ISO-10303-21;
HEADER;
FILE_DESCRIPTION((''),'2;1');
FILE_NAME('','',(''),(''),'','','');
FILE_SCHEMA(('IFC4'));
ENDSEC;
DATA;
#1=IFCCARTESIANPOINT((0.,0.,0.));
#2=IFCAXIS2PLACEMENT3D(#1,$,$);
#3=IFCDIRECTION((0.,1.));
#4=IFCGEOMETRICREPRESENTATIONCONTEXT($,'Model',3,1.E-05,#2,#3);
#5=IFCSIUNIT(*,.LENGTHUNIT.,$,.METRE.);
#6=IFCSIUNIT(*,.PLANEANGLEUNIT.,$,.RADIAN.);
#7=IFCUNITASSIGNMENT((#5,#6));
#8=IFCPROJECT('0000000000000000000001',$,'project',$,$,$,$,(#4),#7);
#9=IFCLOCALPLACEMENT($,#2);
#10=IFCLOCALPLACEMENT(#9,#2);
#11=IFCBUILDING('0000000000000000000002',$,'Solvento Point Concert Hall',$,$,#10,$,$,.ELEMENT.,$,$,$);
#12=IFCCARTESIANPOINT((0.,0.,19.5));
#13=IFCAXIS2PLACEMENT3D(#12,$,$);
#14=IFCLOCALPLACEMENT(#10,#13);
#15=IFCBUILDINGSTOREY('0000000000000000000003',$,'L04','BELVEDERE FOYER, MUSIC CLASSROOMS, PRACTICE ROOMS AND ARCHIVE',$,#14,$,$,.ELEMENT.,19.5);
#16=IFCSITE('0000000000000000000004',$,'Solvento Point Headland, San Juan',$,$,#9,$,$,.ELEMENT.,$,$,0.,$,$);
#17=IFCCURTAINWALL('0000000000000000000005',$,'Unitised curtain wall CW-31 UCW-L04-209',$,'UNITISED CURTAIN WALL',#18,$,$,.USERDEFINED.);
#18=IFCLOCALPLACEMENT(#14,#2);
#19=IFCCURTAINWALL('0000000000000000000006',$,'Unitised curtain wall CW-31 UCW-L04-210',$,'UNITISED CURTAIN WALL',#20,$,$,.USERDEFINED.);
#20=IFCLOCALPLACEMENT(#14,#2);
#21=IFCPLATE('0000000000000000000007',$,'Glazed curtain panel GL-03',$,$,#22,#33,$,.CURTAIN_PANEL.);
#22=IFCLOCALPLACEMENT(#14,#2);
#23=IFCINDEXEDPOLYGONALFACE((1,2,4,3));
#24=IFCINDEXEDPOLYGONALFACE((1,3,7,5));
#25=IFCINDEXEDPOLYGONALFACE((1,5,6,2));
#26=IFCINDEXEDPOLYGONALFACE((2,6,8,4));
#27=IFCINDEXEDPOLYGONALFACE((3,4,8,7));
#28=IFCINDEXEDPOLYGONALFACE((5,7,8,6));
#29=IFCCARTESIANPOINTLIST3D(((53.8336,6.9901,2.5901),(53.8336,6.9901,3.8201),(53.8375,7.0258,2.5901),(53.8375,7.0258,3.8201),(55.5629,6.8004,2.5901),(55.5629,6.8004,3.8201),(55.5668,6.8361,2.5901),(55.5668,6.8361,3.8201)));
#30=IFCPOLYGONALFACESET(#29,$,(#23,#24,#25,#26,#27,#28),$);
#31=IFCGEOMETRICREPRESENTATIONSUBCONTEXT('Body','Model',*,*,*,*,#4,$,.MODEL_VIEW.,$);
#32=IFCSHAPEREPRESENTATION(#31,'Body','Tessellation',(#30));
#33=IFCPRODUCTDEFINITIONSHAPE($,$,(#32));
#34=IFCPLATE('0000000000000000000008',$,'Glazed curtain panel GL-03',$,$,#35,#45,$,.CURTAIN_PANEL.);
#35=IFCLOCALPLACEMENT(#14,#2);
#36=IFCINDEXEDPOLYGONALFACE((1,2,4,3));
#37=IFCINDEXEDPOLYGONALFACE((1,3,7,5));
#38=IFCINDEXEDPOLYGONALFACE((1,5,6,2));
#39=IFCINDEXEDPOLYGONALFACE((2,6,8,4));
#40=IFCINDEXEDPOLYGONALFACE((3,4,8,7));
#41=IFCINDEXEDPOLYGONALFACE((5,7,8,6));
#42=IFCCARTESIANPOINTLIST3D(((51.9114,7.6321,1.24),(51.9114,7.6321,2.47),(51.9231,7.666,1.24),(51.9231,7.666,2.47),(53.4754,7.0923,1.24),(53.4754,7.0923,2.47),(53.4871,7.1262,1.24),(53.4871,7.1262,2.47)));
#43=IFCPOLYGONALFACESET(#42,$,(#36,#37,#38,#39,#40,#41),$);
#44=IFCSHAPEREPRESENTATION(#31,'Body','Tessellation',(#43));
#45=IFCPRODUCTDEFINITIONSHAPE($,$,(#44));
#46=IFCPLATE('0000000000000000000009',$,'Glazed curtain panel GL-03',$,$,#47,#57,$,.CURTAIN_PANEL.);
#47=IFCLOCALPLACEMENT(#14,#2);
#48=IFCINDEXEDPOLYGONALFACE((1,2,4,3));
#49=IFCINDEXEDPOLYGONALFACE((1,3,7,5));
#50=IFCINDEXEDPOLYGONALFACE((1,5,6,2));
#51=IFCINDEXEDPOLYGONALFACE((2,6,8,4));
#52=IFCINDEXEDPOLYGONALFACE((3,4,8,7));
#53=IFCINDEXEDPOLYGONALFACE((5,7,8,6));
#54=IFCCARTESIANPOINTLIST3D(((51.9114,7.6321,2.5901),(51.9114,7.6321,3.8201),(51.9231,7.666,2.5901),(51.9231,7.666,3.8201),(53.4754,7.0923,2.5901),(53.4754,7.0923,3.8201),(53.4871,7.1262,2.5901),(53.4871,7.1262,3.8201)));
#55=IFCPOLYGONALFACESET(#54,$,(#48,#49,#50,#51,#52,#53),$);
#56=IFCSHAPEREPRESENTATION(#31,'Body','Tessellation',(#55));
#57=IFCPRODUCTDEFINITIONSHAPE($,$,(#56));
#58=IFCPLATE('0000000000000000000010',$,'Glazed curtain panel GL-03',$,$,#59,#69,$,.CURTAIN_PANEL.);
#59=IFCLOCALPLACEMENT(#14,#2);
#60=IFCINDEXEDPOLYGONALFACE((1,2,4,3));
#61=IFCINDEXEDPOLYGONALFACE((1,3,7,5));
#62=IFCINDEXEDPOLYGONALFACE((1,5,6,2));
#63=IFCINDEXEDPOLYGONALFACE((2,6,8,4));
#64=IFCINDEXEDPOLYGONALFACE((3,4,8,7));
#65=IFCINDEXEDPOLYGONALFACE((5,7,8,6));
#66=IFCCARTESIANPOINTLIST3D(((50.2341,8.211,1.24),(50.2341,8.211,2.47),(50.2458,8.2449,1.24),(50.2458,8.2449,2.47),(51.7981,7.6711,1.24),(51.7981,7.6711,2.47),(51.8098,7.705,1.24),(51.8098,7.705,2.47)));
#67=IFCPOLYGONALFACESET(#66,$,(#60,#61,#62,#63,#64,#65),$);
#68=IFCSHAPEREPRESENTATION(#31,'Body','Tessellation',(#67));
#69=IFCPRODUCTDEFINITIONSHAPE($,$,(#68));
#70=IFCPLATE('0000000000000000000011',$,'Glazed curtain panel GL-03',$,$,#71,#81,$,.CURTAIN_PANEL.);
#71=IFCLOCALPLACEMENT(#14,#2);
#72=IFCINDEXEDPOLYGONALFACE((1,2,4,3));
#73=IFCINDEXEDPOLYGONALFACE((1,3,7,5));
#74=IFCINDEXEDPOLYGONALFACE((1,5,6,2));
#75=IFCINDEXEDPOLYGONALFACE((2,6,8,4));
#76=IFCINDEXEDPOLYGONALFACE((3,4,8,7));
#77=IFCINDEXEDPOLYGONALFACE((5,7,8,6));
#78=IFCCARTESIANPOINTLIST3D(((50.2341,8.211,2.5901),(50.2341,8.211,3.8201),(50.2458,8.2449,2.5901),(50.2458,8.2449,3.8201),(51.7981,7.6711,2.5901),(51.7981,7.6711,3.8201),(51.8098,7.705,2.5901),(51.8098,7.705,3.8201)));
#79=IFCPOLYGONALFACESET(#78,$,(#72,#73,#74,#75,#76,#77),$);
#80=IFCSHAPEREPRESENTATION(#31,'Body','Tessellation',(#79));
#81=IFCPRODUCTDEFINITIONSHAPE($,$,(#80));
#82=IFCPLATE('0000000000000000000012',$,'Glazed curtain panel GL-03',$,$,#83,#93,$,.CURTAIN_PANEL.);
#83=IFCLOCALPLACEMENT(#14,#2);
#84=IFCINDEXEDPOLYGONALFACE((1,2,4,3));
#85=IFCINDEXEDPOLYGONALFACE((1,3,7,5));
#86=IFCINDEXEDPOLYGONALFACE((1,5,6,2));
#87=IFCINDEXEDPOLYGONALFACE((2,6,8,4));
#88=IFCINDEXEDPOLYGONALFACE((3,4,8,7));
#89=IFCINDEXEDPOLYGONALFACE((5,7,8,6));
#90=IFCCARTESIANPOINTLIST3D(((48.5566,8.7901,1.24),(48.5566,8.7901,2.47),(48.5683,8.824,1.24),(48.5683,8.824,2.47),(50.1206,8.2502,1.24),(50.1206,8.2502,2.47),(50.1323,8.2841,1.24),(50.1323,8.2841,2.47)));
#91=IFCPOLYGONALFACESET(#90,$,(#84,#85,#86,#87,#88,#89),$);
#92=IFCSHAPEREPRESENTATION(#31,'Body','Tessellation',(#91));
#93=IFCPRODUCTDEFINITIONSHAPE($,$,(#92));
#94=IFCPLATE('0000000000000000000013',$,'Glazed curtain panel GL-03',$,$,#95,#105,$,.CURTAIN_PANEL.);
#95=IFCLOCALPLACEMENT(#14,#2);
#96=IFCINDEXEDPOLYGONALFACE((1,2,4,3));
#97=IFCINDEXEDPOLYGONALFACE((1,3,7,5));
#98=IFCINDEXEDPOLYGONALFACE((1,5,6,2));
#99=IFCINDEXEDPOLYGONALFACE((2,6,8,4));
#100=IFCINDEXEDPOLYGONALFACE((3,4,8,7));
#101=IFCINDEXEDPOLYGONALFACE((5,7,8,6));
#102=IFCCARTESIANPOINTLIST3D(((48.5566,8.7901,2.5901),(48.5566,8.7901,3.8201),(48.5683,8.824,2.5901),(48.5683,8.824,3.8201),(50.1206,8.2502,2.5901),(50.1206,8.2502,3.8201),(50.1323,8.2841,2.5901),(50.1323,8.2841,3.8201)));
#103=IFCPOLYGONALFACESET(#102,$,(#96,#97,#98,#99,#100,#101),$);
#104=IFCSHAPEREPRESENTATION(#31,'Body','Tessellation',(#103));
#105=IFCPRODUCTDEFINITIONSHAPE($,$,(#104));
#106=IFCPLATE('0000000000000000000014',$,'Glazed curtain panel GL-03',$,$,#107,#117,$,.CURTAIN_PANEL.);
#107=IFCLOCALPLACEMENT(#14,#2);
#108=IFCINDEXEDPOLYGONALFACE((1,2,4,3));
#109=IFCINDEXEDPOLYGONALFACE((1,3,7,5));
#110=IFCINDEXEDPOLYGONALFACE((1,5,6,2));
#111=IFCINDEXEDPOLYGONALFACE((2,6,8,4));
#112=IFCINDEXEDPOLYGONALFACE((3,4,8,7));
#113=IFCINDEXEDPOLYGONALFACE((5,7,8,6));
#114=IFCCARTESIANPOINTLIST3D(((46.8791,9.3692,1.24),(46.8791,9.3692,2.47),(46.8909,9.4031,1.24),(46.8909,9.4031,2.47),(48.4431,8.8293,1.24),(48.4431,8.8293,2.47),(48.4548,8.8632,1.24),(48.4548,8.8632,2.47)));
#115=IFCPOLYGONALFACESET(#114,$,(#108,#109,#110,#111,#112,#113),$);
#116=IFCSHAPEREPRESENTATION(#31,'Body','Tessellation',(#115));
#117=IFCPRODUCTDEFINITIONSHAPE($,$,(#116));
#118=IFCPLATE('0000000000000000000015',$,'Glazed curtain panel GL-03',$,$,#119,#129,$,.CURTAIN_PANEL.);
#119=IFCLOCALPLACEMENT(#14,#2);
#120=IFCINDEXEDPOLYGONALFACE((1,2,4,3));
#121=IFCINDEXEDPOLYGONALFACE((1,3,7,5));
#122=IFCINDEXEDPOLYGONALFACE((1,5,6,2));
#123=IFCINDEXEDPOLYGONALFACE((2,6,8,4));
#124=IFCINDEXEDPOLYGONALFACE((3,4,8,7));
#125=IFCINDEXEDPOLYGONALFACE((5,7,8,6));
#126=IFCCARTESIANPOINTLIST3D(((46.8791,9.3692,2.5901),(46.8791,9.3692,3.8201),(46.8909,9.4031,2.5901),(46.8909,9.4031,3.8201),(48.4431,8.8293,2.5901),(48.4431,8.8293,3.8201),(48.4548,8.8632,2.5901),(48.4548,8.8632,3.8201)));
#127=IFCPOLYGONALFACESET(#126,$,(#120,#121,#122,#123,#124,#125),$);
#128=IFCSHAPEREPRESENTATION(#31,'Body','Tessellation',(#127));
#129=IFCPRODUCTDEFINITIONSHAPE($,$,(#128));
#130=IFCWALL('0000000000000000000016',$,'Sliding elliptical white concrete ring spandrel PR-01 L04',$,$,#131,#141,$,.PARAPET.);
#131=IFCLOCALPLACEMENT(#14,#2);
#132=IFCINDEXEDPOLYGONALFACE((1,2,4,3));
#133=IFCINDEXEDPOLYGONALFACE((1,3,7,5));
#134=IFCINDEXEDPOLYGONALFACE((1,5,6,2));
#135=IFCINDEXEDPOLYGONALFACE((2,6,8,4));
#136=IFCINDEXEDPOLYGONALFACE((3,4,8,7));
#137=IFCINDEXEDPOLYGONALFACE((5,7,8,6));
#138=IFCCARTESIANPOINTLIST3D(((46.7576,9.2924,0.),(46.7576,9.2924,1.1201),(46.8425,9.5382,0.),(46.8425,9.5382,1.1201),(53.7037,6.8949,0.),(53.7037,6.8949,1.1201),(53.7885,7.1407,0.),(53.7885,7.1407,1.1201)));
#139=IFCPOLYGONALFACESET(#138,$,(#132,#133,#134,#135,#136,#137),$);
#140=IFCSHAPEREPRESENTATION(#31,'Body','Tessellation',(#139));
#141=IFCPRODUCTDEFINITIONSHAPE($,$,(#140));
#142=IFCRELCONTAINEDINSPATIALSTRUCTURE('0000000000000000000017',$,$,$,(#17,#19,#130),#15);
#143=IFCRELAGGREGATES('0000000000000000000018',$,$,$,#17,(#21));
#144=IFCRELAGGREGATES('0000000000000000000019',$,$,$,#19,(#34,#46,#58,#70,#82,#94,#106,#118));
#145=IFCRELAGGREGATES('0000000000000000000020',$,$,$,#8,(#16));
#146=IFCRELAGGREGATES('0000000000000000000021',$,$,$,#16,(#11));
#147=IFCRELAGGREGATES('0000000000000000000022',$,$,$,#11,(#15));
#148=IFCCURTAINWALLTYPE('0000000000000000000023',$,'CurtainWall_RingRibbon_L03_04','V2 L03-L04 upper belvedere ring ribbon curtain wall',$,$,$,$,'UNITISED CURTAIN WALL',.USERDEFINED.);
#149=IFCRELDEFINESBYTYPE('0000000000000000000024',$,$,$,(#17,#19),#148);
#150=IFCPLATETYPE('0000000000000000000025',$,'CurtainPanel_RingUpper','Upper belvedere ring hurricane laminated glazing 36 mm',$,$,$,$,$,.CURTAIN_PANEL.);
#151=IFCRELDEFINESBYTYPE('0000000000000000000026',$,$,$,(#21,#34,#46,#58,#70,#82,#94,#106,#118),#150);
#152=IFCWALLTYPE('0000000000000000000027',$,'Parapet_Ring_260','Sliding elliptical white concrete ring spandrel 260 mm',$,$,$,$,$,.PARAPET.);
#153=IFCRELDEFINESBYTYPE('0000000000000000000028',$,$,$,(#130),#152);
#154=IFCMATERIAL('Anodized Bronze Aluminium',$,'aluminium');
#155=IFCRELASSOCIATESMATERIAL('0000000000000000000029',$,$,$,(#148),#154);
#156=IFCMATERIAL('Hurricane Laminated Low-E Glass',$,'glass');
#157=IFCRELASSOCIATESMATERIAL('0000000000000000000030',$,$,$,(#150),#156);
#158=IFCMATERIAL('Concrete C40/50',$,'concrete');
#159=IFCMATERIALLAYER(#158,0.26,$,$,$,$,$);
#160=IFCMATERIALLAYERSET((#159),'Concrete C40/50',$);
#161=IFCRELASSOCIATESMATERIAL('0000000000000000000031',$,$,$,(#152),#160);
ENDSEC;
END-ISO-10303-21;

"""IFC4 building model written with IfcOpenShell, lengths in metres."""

from ifc_helpers import new_model, si_unit, direction, frame, frame_2d, origin, origin_2d, place, context, subcontext, project, spatial, rectangle, extrude, material, layer, layer_set, type_object, element, aggregate, save


model = new_model("IFC4")

# Units and contexts
model_context = context("Model", 3, precision=1e-05, world=origin(), true_north=direction((0.0, 1.0)))
body_context = subcontext(model_context, "Body", "Model", "MODEL_VIEW")
ifc_project = project(units=[si_unit("LENGTHUNIT", "METRE"), si_unit("PLANEANGLEUNIT", "RADIAN")], contexts=[model_context])

# Site, building, storey
site_placement = place(None, origin())
site = spatial("IfcSite", under=ifc_project, at=site_placement, Name="Solvento Point Headland, San Juan", CompositionType="ELEMENT", RefElevation=0.0)
building_placement = place(site_placement, origin())
building = spatial("IfcBuilding", under=site, at=building_placement, Name="Solvento Point Concert Hall", CompositionType="ELEMENT")
storey_placement = place(building_placement, frame((0.0, 0.0, 19.5)))
storey = spatial("IfcBuildingStorey", under=building, at=storey_placement, Name="L04", Description="BELVEDERE FOYER, MUSIC CLASSROOMS, PRACTICE ROOMS AND ARCHIVE", CompositionType="ELEMENT", Elevation=19.5)

# Curtain walls
ifc_material_1 = material(Name="Anodized Bronze Aluminium", Category="aluminium")
curtain_wall_type = type_object("IfcCurtainWallType", Name="CurtainWall_RingRibbon_L03_04", Description="V2 L03-L04 upper belvedere ring ribbon curtain wall", ElementType="UNITISED CURTAIN WALL", PredefinedType="USERDEFINED", material=ifc_material_1)
curtain_wall_1_placement = place(storey_placement, origin())
curtain_wall_1 = element("IfcCurtainWall", 1, at=curtain_wall_1_placement, inside=storey, type_object=curtain_wall_type, Name="Unitised curtain wall CW-31 UCW-L04-209", ObjectType="UNITISED CURTAIN WALL", PredefinedType="USERDEFINED")
curtain_wall_2_placement = place(storey_placement, origin())
curtain_wall_2 = element("IfcCurtainWall", 2, at=curtain_wall_2_placement, inside=storey, type_object=curtain_wall_type, Name="Unitised curtain wall CW-31 UCW-L04-210", ObjectType="UNITISED CURTAIN WALL", PredefinedType="USERDEFINED")

# Plates
ifc_material_2 = material(Name="Hurricane Laminated Low-E Glass", Category="glass")
plate_type = type_object("IfcPlateType", Name="CurtainPanel_RingUpper", Description="Upper belvedere ring hurricane laminated glazing 36 mm", PredefinedType="CURTAIN_PANEL", material=ifc_material_2)
plate_1_placement = place(storey_placement, frame((54.7002, 6.9131, 2.5901), z_axis=(0.0, 0.0, 1.0), x_axis=(-0.994035, 0.109058, 0.0)))
plate_1 = element("IfcPlate", 3, at=plate_1_placement, type_object=plate_type, Name="Glazed curtain panel GL-03", PredefinedType="CURTAIN_PANEL", context=body_context, shape_type="SweptSolid", body=[
    extrude(rectangle(XDim=1.7397, YDim=0.0359, at=origin_2d()), origin(), (0.0, 0.0, 1.0), 1.23),
])
aggregate(curtain_wall_1, [plate_1])
plate_2_placement = place(storey_placement, frame((52.6992, 7.3792, 1.24), z_axis=(0.0, 0.0, 1.0), x_axis=(-0.945271, 0.326286, 0.0)))
plate_2 = element("IfcPlate", 4, at=plate_2_placement, type_object=plate_type, Name="Glazed curtain panel GL-03", PredefinedType="CURTAIN_PANEL", context=body_context, shape_type="SweptSolid", body=[
    extrude(rectangle(XDim=1.6545, YDim=0.0359, at=origin_2d()), origin(), (0.0, 0.0, 1.0), 1.23),
])
plate_3_placement = place(storey_placement, frame((52.6992, 7.3792, 2.5901), z_axis=(0.0, 0.0, 1.0), x_axis=(-0.945271, 0.326286, 0.0)))
plate_3 = element("IfcPlate", 5, at=plate_3_placement, type_object=plate_type, Name="Glazed curtain panel GL-03", PredefinedType="CURTAIN_PANEL", context=body_context, shape_type="SweptSolid", body=[
    extrude(rectangle(XDim=1.6545, YDim=0.0359, at=origin_2d()), origin(), (0.0, 0.0, 1.0), 1.23),
])
plate_4_placement = place(storey_placement, frame((51.022, 7.958, 1.24), z_axis=(0.0, 0.0, 1.0), x_axis=(-0.945271, 0.326286, 0.0)))
plate_4 = element("IfcPlate", 6, at=plate_4_placement, type_object=plate_type, Name="Glazed curtain panel GL-03", PredefinedType="CURTAIN_PANEL", context=body_context, shape_type="SweptSolid", body=[
    extrude(rectangle(XDim=1.6545, YDim=0.0359, at=origin_2d()), origin(), (0.0, 0.0, 1.0), 1.23),
])
plate_5_placement = place(storey_placement, frame((51.022, 7.958, 2.5901), z_axis=(0.0, 0.0, 1.0), x_axis=(-0.945271, 0.326286, 0.0)))
plate_5 = element("IfcPlate", 7, at=plate_5_placement, type_object=plate_type, Name="Glazed curtain panel GL-03", PredefinedType="CURTAIN_PANEL", context=body_context, shape_type="SweptSolid", body=[
    extrude(rectangle(XDim=1.6545, YDim=0.0359, at=origin_2d()), origin(), (0.0, 0.0, 1.0), 1.23),
])
plate_6_placement = place(storey_placement, frame((49.3445, 8.5371, 1.24), z_axis=(0.0, 0.0, 1.0), x_axis=(-0.945271, 0.326286, 0.0)))
plate_6 = element("IfcPlate", 8, at=plate_6_placement, type_object=plate_type, Name="Glazed curtain panel GL-03", PredefinedType="CURTAIN_PANEL", context=body_context, shape_type="SweptSolid", body=[
    extrude(rectangle(XDim=1.6545, YDim=0.0359, at=origin_2d()), origin(), (0.0, 0.0, 1.0), 1.23),
])
plate_7_placement = place(storey_placement, frame((49.3445, 8.5371, 2.5901), z_axis=(0.0, 0.0, 1.0), x_axis=(-0.945271, 0.326286, 0.0)))
plate_7 = element("IfcPlate", 9, at=plate_7_placement, type_object=plate_type, Name="Glazed curtain panel GL-03", PredefinedType="CURTAIN_PANEL", context=body_context, shape_type="SweptSolid", body=[
    extrude(rectangle(XDim=1.6545, YDim=0.0359, at=origin_2d()), origin(), (0.0, 0.0, 1.0), 1.23),
])
plate_8_placement = place(storey_placement, frame((47.667, 9.1162, 1.24), z_axis=(0.0, 0.0, 1.0), x_axis=(-0.945271, 0.326286, 0.0)))
plate_8 = element("IfcPlate", 10, at=plate_8_placement, type_object=plate_type, Name="Glazed curtain panel GL-03", PredefinedType="CURTAIN_PANEL", context=body_context, shape_type="SweptSolid", body=[
    extrude(rectangle(XDim=1.6545, YDim=0.0359, at=origin_2d()), origin(), (0.0, 0.0, 1.0), 1.23),
])
plate_9_placement = place(storey_placement, frame((47.667, 9.1162, 2.5901), z_axis=(0.0, 0.0, 1.0), x_axis=(-0.945271, 0.326286, 0.0)))
plate_9 = element("IfcPlate", 11, at=plate_9_placement, type_object=plate_type, Name="Glazed curtain panel GL-03", PredefinedType="CURTAIN_PANEL", context=body_context, shape_type="SweptSolid", body=[
    extrude(rectangle(XDim=1.6545, YDim=0.0359, at=origin_2d()), origin(), (0.0, 0.0, 1.0), 1.23),
])
aggregate(curtain_wall_2, [plate_2, plate_3, plate_4, plate_5, plate_6, plate_7, plate_8, plate_9])

# Wall
ifc_material_3 = material(Name="Concrete C40/50", Category="concrete")
ifc_layer = layer(ifc_material_3, 0.26)
ifc_layer_set = layer_set([ifc_layer], Name="Concrete C40/50")
wall_type = type_object("IfcWallType", Name="Parapet_Ring_260", Description="Sliding elliptical white concrete ring spandrel 260 mm", PredefinedType="PARAPET", material=ifc_layer_set)
wall_placement = place(storey_placement, frame((53.7461, 7.0178, 0.0), z_axis=(0.0, 0.0, 1.0), x_axis=(-0.945278, 0.326267, 0.0)))
element("IfcWall", 12, at=wall_placement, inside=storey, type_object=wall_type, Name="Sliding elliptical white concrete ring spandrel PR-01 L04", PredefinedType="PARAPET", context=body_context, shape_type="SweptSolid", body=[
    extrude(rectangle(XDim=7.3481, YDim=0.26, at=frame_2d((3.6741, 0.0))), origin(), (0.0, 0.0, 1.0), 1.1201),
])

save(model, "model.ifc")
